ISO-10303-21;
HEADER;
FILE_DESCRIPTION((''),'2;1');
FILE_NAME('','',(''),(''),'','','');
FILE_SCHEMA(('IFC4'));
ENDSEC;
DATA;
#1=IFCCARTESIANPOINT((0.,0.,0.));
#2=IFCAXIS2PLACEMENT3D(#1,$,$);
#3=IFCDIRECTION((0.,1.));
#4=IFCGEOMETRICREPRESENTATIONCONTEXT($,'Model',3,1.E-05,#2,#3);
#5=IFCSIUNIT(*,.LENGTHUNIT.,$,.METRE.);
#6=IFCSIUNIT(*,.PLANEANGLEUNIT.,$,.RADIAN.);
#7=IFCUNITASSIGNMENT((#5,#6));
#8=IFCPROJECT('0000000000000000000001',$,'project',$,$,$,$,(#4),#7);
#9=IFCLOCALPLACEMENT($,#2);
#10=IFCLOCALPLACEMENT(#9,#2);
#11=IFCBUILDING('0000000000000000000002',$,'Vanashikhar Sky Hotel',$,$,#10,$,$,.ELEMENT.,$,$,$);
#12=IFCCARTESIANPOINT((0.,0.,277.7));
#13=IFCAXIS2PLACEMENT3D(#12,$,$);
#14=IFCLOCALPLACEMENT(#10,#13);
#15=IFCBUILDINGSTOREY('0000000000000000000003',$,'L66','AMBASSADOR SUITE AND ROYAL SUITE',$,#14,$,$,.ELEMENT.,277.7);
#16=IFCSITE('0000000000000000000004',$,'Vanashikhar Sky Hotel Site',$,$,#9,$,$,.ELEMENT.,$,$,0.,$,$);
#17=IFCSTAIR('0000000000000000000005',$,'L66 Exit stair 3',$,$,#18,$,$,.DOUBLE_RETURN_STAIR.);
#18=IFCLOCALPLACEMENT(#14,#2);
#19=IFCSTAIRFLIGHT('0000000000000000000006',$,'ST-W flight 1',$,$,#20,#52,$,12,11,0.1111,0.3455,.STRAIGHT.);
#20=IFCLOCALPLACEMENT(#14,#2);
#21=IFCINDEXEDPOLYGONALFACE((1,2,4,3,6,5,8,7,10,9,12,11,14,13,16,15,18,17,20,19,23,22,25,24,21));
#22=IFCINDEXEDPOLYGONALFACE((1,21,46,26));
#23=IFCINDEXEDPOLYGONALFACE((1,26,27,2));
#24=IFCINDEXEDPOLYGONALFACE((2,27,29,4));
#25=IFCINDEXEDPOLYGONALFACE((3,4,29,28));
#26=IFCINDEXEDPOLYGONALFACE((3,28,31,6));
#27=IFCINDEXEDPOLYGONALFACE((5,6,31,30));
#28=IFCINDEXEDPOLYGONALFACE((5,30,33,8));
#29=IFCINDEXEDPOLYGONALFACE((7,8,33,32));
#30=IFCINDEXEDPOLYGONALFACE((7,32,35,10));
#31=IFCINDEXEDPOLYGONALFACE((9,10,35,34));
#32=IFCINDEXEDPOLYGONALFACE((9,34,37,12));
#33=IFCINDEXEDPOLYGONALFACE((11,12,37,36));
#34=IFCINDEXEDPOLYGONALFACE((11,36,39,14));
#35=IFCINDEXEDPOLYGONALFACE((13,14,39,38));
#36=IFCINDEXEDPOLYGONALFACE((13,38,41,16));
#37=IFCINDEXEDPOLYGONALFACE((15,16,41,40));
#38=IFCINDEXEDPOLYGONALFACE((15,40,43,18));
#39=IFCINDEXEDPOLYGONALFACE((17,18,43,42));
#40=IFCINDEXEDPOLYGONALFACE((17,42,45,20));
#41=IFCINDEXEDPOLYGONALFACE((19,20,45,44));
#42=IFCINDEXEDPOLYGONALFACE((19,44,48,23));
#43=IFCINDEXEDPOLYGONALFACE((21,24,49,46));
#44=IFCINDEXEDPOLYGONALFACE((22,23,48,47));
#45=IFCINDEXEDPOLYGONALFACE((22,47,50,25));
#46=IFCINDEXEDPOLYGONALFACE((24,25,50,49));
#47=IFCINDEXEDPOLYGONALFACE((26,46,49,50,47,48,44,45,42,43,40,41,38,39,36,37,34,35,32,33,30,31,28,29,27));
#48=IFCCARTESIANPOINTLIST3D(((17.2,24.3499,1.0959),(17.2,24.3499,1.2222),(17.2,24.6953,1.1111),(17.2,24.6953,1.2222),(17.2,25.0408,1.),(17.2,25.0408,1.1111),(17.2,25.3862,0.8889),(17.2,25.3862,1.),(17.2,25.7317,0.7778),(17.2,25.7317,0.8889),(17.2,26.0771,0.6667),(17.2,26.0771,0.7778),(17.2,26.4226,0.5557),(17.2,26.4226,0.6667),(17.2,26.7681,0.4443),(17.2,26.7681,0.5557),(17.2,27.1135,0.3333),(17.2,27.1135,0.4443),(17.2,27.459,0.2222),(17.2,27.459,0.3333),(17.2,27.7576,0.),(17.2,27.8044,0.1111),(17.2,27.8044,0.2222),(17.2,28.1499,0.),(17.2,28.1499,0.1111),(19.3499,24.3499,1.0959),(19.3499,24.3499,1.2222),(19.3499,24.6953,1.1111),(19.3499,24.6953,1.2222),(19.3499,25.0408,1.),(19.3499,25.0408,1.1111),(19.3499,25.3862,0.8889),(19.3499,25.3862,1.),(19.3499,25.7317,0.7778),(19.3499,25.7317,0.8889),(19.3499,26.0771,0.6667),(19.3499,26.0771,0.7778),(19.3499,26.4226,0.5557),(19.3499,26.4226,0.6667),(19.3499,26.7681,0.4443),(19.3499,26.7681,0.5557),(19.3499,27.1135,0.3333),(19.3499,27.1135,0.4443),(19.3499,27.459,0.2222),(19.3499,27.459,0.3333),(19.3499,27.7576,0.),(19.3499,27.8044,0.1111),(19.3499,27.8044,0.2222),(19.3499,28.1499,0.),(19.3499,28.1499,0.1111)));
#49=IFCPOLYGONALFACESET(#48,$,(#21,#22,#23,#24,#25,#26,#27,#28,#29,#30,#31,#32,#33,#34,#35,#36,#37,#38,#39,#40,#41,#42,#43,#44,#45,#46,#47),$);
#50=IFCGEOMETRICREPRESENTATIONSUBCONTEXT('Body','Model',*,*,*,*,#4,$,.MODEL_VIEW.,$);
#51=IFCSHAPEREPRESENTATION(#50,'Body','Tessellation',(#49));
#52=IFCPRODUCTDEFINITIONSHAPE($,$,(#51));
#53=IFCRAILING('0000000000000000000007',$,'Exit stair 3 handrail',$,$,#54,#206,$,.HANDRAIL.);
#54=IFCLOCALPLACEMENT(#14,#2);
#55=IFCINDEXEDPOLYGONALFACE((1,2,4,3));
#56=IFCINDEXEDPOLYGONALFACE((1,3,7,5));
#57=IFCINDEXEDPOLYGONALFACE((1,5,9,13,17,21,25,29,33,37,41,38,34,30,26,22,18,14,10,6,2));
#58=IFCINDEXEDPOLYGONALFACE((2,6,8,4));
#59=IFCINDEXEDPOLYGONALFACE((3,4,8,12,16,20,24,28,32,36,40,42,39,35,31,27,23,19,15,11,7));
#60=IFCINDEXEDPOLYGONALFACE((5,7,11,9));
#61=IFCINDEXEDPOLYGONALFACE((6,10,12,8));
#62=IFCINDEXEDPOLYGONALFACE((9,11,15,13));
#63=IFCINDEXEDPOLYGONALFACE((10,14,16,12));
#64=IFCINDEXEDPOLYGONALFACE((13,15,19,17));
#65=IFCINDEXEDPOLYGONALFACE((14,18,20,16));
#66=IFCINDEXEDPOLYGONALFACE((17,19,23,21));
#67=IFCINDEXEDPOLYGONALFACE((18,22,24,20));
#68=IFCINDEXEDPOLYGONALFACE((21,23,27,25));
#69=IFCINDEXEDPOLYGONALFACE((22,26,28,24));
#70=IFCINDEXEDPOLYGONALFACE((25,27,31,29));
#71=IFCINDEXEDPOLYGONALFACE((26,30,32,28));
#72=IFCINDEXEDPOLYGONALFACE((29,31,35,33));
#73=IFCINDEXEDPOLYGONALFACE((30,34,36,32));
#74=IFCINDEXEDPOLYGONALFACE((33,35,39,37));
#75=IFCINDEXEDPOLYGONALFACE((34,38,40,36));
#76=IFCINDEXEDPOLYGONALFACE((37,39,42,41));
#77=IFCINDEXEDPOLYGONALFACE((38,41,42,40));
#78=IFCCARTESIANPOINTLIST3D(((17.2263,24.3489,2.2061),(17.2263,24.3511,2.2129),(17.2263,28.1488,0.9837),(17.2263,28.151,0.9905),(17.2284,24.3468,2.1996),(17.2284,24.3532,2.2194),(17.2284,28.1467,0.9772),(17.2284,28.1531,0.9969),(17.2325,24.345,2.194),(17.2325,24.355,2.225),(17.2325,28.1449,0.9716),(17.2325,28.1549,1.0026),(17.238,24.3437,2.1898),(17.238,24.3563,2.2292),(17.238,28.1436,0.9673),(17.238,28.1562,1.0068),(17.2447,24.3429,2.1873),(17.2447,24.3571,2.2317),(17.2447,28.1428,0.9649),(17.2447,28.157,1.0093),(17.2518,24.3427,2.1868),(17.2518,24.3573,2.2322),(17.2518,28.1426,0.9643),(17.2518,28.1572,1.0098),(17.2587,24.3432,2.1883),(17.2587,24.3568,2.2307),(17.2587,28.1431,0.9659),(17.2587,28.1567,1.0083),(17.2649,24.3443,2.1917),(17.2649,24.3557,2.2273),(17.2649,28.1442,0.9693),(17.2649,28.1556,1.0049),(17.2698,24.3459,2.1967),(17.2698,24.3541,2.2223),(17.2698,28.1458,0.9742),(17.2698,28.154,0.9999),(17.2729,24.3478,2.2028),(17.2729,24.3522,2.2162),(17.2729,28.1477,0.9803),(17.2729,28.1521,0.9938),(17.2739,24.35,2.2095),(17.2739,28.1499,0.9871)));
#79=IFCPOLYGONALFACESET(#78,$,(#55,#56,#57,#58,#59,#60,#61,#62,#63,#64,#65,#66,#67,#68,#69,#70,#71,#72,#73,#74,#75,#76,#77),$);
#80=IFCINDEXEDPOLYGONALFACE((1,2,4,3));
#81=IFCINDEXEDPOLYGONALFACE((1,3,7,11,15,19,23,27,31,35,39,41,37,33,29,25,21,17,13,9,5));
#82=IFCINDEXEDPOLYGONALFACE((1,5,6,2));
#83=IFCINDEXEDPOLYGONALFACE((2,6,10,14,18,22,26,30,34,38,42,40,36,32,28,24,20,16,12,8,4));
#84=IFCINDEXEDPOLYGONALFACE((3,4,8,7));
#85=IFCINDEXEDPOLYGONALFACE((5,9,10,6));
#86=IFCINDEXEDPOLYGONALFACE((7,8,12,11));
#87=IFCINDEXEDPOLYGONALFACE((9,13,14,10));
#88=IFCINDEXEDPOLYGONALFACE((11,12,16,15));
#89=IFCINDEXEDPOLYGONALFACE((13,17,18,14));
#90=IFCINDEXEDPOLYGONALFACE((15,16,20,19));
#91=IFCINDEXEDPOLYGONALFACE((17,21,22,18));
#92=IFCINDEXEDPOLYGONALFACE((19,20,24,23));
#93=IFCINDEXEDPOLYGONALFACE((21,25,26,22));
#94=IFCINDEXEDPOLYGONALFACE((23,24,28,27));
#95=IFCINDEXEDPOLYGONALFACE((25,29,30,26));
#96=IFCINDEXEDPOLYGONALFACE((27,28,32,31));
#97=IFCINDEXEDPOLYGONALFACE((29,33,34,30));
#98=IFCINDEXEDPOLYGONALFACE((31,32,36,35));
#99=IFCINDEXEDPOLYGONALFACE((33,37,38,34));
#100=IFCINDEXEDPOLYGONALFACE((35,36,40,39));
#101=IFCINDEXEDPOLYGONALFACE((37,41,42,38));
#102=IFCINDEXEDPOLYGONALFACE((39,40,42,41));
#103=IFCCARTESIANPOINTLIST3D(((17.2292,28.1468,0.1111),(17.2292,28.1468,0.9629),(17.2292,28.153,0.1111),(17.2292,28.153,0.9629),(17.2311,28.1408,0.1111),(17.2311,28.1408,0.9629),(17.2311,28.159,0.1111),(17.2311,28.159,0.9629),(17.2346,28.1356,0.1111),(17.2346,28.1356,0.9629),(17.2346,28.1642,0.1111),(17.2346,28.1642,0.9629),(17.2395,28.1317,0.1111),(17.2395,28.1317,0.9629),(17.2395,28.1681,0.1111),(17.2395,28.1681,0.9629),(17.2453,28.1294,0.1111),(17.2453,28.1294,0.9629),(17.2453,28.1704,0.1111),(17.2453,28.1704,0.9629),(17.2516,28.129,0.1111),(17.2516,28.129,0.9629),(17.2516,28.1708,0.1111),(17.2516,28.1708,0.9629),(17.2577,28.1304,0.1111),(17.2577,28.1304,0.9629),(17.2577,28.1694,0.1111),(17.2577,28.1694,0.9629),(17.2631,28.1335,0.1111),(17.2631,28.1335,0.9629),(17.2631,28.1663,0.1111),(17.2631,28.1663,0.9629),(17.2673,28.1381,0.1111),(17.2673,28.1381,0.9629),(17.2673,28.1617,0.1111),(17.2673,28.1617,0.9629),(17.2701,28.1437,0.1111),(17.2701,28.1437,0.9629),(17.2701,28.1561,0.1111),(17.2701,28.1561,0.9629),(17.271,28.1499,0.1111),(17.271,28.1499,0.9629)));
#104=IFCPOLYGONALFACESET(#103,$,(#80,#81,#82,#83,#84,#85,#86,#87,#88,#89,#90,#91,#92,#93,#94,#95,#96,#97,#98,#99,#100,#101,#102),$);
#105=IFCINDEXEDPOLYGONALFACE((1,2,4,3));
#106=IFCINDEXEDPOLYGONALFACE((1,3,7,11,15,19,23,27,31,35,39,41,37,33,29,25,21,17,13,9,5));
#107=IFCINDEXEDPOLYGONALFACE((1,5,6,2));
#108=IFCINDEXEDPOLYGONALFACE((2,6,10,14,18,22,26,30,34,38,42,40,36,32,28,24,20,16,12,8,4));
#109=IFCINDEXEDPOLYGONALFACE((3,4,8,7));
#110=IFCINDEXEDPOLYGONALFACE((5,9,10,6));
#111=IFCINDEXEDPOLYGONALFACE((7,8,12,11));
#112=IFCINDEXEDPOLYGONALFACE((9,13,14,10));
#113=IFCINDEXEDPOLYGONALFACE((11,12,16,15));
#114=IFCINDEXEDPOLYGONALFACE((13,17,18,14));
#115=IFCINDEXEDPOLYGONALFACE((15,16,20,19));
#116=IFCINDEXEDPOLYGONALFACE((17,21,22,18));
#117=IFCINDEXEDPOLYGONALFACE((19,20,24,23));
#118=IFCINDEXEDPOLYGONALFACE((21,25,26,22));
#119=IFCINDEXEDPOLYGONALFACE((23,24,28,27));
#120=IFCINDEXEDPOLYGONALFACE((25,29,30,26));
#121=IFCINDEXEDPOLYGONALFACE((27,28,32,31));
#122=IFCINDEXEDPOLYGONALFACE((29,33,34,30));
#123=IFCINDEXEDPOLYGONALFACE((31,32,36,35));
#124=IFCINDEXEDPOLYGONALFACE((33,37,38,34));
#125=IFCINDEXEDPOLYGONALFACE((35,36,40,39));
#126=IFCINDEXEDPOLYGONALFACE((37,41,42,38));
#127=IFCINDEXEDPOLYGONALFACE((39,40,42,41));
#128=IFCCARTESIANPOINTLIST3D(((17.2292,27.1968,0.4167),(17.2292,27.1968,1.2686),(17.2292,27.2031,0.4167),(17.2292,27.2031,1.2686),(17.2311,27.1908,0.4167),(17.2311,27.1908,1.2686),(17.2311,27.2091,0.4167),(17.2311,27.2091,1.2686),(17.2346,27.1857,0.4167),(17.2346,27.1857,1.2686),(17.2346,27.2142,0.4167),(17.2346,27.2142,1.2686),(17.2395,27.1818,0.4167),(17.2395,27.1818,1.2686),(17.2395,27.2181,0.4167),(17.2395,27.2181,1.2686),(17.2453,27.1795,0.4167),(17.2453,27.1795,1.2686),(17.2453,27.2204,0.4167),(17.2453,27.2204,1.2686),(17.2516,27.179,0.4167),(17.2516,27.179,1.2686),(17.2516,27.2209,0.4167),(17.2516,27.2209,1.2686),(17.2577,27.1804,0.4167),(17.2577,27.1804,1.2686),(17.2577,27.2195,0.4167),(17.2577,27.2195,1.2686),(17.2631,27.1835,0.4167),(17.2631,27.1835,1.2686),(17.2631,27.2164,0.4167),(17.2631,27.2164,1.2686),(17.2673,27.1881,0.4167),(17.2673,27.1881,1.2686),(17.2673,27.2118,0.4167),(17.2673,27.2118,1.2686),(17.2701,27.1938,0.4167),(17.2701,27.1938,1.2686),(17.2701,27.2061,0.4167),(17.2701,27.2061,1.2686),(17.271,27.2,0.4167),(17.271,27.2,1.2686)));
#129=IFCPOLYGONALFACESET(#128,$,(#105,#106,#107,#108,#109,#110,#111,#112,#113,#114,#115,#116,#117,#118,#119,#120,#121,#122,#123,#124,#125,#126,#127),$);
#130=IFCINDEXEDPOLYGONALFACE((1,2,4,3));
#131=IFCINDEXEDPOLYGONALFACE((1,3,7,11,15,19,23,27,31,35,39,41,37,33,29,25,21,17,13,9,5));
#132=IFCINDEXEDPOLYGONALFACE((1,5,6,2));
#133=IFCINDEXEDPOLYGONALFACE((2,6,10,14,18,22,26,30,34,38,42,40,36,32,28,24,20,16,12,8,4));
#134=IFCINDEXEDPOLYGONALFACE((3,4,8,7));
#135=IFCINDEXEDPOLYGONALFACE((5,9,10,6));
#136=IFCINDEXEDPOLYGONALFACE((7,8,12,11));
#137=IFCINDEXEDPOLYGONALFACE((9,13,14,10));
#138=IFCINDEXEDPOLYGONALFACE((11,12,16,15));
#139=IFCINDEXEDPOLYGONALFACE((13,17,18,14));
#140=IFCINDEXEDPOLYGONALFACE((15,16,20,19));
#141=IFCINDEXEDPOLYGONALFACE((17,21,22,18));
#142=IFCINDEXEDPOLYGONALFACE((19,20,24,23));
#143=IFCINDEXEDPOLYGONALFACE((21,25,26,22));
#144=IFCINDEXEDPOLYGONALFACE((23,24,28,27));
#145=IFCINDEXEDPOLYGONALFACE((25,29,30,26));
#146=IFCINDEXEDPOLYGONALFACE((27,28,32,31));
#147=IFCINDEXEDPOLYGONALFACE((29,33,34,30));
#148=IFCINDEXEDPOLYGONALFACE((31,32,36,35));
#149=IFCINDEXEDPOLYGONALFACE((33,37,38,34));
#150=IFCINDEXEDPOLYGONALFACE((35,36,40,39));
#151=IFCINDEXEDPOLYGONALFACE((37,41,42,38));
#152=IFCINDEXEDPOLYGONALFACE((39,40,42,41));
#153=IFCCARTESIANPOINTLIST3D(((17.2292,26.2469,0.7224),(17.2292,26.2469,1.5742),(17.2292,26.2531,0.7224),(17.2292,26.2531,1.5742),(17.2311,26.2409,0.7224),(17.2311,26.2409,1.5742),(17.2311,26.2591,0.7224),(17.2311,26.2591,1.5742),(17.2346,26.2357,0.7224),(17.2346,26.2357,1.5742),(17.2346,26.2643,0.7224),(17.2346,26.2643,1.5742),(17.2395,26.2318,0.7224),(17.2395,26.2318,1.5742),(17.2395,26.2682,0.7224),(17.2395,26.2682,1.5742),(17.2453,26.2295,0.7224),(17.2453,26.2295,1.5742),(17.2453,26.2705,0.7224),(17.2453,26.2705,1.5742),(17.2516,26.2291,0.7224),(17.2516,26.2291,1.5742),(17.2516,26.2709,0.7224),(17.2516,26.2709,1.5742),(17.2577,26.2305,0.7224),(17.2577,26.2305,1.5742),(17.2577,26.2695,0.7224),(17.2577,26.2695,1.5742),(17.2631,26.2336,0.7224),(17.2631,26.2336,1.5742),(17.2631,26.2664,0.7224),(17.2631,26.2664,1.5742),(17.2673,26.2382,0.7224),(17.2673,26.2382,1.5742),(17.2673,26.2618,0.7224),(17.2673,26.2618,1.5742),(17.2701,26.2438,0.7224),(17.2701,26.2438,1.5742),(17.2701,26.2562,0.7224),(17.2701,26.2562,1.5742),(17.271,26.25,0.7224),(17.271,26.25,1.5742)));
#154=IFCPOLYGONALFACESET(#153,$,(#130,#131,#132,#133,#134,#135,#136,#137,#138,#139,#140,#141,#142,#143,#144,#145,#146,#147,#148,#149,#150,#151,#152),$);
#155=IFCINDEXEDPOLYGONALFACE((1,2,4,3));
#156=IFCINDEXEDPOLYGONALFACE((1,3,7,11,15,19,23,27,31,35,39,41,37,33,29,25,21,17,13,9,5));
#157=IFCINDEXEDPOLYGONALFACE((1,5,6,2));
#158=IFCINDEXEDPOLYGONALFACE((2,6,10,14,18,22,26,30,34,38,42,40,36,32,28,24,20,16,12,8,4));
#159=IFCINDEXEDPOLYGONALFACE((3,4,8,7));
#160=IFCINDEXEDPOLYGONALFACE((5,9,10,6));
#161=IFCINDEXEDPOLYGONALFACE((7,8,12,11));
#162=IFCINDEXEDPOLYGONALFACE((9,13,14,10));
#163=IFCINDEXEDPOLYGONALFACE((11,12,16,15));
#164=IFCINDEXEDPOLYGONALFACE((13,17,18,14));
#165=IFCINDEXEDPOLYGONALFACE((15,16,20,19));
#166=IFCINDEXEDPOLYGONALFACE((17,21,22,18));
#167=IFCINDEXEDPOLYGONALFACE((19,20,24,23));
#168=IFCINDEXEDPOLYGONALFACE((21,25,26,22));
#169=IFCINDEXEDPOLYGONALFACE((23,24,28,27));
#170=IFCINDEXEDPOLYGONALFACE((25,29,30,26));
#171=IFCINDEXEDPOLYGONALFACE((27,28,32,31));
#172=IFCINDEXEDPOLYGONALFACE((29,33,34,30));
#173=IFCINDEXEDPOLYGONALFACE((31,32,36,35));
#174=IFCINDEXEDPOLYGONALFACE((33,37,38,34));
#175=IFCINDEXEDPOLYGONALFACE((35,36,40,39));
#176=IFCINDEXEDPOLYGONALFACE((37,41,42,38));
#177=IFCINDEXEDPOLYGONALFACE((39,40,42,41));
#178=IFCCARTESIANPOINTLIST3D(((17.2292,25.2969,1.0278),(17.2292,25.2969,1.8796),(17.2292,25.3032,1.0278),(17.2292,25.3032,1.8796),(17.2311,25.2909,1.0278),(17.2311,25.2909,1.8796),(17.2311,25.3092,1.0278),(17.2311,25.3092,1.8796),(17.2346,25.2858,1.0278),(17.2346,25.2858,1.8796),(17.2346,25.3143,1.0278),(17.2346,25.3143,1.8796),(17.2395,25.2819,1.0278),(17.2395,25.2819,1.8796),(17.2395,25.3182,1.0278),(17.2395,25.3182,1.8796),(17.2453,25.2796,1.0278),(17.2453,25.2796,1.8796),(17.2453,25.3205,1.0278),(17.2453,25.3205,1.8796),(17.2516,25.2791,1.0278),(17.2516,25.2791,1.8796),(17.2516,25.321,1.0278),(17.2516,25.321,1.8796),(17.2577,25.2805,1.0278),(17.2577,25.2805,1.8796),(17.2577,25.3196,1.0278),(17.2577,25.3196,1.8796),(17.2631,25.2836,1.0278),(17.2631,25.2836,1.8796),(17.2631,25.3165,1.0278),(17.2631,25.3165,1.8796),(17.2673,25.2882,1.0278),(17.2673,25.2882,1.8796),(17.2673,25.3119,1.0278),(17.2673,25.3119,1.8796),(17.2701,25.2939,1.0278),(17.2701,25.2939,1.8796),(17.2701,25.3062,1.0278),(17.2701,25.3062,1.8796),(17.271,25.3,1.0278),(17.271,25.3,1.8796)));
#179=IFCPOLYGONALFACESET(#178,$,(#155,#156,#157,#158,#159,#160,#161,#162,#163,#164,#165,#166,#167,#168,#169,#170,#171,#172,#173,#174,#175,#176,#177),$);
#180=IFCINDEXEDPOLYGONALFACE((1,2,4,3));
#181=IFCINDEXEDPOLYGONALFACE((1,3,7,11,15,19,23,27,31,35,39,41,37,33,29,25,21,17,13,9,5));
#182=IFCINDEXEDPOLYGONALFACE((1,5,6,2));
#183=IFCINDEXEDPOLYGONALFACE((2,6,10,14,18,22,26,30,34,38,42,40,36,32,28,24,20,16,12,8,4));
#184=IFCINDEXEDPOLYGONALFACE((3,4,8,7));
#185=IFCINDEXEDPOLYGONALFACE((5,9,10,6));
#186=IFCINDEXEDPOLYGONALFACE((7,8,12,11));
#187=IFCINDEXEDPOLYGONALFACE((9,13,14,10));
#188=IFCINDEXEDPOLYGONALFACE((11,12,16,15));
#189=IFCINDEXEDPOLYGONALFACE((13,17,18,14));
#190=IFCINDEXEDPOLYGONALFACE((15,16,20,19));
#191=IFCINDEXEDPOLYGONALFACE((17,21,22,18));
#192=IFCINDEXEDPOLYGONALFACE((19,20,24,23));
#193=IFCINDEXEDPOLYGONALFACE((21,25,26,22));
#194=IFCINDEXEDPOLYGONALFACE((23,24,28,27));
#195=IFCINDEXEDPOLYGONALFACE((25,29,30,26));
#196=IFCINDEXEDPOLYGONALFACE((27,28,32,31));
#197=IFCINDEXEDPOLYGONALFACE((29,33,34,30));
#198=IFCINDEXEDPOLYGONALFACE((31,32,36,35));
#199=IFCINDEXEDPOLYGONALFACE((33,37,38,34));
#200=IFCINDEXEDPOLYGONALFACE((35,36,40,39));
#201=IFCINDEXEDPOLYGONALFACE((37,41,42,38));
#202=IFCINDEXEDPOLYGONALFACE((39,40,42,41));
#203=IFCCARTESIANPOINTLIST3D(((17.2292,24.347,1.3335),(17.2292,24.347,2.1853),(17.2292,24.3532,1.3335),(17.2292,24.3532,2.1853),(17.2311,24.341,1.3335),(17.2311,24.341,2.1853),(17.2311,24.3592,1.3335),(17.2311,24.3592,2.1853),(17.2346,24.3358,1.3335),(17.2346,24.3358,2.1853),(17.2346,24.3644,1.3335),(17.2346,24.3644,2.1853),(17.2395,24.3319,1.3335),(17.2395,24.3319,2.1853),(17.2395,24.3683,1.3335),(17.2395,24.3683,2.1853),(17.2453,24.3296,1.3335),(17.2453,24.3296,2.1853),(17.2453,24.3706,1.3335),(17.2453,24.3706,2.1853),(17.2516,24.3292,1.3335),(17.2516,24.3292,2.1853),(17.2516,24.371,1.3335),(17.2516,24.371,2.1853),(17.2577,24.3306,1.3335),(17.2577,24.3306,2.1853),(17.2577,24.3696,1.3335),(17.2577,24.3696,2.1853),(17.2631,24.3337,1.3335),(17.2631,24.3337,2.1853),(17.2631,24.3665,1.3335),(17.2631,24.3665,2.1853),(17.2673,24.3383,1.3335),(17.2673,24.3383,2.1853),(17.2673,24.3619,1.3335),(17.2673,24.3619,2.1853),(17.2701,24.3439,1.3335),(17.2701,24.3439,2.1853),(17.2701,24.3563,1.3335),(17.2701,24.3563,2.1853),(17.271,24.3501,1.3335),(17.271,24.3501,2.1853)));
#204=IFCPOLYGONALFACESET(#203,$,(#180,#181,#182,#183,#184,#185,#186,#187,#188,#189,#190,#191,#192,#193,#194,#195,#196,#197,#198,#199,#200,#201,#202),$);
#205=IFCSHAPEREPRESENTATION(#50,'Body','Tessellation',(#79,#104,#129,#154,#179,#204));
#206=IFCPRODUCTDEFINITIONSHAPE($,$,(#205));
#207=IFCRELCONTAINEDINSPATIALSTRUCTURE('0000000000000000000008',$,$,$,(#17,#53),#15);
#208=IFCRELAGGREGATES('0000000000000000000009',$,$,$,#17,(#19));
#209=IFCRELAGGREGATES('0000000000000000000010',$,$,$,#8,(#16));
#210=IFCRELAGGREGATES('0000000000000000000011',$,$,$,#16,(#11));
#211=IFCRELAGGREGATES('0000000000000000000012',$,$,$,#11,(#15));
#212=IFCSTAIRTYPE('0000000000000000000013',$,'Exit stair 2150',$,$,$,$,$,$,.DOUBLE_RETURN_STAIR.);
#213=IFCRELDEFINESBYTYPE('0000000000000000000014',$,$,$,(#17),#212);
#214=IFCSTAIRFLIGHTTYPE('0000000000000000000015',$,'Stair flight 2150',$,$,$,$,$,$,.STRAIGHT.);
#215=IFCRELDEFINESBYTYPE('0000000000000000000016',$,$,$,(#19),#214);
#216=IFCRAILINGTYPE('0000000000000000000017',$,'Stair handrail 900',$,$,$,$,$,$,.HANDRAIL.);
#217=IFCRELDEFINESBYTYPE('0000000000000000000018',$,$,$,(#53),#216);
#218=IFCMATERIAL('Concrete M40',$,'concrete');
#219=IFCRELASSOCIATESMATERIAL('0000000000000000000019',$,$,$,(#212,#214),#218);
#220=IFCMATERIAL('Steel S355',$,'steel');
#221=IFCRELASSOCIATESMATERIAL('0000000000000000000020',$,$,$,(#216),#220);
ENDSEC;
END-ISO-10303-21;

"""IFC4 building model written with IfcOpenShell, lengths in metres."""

from ifc_helpers import new_model, si_unit, direction, frame, origin, origin_2d, place, context, subcontext, project, spatial, polyline, circle, outline, extrude, source, transform, mapped, material, type_object, element, aggregate, save


model = new_model("IFC4")

# Units and contexts
model_context = context("Model", 3, precision=1e-05, world=origin(), true_north=direction((0.0, 1.0)))
body_context = subcontext(model_context, "Body", "Model", "MODEL_VIEW")
ifc_project = project(units=[si_unit("LENGTHUNIT", "METRE"), si_unit("PLANEANGLEUNIT", "RADIAN")], contexts=[model_context])

# Site, building, storey
site_placement = place(None, origin())
site = spatial("IfcSite", under=ifc_project, at=site_placement, Name="Vanashikhar Sky Hotel Site", CompositionType="ELEMENT", RefElevation=0.0)
building_placement = place(site_placement, origin())
building = spatial("IfcBuilding", under=site, at=building_placement, Name="Vanashikhar Sky Hotel", CompositionType="ELEMENT")
storey_placement = place(building_placement, frame((0.0, 0.0, 277.7)))
storey = spatial("IfcBuildingStorey", under=building, at=storey_placement, Name="L66", Description="AMBASSADOR SUITE AND ROYAL SUITE", CompositionType="ELEMENT", Elevation=277.7)

# Stair, stair flight
ifc_material_1 = material(Name="Concrete M40", Category="concrete")
stair_type = type_object("IfcStairType", Name="Exit stair 2150", PredefinedType="DOUBLE_RETURN_STAIR", material=ifc_material_1)
stair_placement = place(storey_placement, origin())
stair = element("IfcStair", 1, at=stair_placement, inside=storey, type_object=stair_type, Name="L66 Exit stair 3", PredefinedType="DOUBLE_RETURN_STAIR")
stair_flight_type = type_object("IfcStairFlightType", Name="Stair flight 2150", PredefinedType="STRAIGHT", material=ifc_material_1)
shared_shape_1 = source(origin(), body_context, "Body", "SweptSolid", [
    extrude(outline(polyline([(0.0, 0.0), (0.0, 0.1111), (0.3455, 0.1111), (0.3455, 0.2222), (0.6909, 0.2222), (0.6909, 0.3333), (1.0364, 0.3333), (1.0364, 0.4443), (1.3818, 0.4443), (1.3818, 0.5557), (1.7273, 0.5557), (1.7273, 0.6667), (2.0728, 0.6667), (2.0728, 0.7778), (2.4182, 0.7778), (2.4182, 0.8889), (2.7637, 0.8889), (2.7637, 1.0), (3.1091, 1.0), (3.1091, 1.1111), (3.4546, 1.1111), (3.4546, 1.2222), (3.8, 1.2222), (3.8, 1.3333), (3.8, 1.0959), (0.3923, 0.0), (0.0, 0.0)])), frame((0.0, 1.075, 0.0), z_axis=(0.0, -1.0, 0.0), x_axis=(1.0, 0.0, 0.0)), (0.0, 0.0, 1.0), 2.1499),
])
stair_flight_placement = place(storey_placement, frame((18.2749, 28.1499, 0.0), z_axis=(0.0, 0.0, 1.0), x_axis=(0.0, -1.0, 0.0)))
stair_flight = element("IfcStairFlight", 2, at=stair_flight_placement, type_object=stair_flight_type, Name="ST-W flight 1", NumberOfRisers=12, NumberOfTreads=11, PredefinedType="STRAIGHT", RiserHeight=0.1111, TreadLength=0.3455, context=body_context, shape_type="MappedRepresentation", body=[
    mapped(shared_shape_1, transform((0.0, 0.0, 0.0), scale=1.0)),
])
aggregate(stair, [stair_flight])

# Railing
ifc_material_2 = material(Name="Steel S355", Category="steel")
railing_type = type_object("IfcRailingType", Name="Stair handrail 900", PredefinedType="HANDRAIL", material=ifc_material_2)
shared_shape_2 = source(origin(), body_context, "Body", "SweptSolid", [
    extrude(circle(Radius=0.0239, at=origin_2d()), frame((0.0, 0.0, 0.876), z_axis=(0.0, -0.951952, 0.306247), x_axis=(1.0, 0.0, 0.0)), (0.0, 0.0, 1.0), 3.9917),
    extrude(circle(Radius=0.021, at=origin_2d()), origin(), (0.0, 0.0, 1.0), 0.8518),
    extrude(circle(Radius=0.021, at=origin_2d()), frame((0.0, -0.95, 0.3057)), (0.0, 0.0, 1.0), 0.8518),
    extrude(circle(Radius=0.021, at=origin_2d()), frame((0.0, -1.8999, 0.6113)), (0.0, 0.0, 1.0), 0.8518),
    extrude(circle(Radius=0.021, at=origin_2d()), frame((0.0, -2.8499, 0.9167)), (0.0, 0.0, 1.0), 0.8518),
    extrude(circle(Radius=0.021, at=origin_2d()), frame((0.0, -3.7998, 1.2224)), (0.0, 0.0, 1.0), 0.8518),
])
railing_1_placement = place(storey_placement, frame((17.25, 28.1499, 0.1111)))
element("IfcRailing", 3, at=railing_1_placement, inside=storey, type_object=railing_type, Name="Exit stair 3 handrail", PredefinedType="HANDRAIL", context=body_context, shape_type="MappedRepresentation", body=[
    mapped(shared_shape_2, transform((0.0, 0.0, 0.0), scale=1.0)),
])

save(model, "model.ifc")
